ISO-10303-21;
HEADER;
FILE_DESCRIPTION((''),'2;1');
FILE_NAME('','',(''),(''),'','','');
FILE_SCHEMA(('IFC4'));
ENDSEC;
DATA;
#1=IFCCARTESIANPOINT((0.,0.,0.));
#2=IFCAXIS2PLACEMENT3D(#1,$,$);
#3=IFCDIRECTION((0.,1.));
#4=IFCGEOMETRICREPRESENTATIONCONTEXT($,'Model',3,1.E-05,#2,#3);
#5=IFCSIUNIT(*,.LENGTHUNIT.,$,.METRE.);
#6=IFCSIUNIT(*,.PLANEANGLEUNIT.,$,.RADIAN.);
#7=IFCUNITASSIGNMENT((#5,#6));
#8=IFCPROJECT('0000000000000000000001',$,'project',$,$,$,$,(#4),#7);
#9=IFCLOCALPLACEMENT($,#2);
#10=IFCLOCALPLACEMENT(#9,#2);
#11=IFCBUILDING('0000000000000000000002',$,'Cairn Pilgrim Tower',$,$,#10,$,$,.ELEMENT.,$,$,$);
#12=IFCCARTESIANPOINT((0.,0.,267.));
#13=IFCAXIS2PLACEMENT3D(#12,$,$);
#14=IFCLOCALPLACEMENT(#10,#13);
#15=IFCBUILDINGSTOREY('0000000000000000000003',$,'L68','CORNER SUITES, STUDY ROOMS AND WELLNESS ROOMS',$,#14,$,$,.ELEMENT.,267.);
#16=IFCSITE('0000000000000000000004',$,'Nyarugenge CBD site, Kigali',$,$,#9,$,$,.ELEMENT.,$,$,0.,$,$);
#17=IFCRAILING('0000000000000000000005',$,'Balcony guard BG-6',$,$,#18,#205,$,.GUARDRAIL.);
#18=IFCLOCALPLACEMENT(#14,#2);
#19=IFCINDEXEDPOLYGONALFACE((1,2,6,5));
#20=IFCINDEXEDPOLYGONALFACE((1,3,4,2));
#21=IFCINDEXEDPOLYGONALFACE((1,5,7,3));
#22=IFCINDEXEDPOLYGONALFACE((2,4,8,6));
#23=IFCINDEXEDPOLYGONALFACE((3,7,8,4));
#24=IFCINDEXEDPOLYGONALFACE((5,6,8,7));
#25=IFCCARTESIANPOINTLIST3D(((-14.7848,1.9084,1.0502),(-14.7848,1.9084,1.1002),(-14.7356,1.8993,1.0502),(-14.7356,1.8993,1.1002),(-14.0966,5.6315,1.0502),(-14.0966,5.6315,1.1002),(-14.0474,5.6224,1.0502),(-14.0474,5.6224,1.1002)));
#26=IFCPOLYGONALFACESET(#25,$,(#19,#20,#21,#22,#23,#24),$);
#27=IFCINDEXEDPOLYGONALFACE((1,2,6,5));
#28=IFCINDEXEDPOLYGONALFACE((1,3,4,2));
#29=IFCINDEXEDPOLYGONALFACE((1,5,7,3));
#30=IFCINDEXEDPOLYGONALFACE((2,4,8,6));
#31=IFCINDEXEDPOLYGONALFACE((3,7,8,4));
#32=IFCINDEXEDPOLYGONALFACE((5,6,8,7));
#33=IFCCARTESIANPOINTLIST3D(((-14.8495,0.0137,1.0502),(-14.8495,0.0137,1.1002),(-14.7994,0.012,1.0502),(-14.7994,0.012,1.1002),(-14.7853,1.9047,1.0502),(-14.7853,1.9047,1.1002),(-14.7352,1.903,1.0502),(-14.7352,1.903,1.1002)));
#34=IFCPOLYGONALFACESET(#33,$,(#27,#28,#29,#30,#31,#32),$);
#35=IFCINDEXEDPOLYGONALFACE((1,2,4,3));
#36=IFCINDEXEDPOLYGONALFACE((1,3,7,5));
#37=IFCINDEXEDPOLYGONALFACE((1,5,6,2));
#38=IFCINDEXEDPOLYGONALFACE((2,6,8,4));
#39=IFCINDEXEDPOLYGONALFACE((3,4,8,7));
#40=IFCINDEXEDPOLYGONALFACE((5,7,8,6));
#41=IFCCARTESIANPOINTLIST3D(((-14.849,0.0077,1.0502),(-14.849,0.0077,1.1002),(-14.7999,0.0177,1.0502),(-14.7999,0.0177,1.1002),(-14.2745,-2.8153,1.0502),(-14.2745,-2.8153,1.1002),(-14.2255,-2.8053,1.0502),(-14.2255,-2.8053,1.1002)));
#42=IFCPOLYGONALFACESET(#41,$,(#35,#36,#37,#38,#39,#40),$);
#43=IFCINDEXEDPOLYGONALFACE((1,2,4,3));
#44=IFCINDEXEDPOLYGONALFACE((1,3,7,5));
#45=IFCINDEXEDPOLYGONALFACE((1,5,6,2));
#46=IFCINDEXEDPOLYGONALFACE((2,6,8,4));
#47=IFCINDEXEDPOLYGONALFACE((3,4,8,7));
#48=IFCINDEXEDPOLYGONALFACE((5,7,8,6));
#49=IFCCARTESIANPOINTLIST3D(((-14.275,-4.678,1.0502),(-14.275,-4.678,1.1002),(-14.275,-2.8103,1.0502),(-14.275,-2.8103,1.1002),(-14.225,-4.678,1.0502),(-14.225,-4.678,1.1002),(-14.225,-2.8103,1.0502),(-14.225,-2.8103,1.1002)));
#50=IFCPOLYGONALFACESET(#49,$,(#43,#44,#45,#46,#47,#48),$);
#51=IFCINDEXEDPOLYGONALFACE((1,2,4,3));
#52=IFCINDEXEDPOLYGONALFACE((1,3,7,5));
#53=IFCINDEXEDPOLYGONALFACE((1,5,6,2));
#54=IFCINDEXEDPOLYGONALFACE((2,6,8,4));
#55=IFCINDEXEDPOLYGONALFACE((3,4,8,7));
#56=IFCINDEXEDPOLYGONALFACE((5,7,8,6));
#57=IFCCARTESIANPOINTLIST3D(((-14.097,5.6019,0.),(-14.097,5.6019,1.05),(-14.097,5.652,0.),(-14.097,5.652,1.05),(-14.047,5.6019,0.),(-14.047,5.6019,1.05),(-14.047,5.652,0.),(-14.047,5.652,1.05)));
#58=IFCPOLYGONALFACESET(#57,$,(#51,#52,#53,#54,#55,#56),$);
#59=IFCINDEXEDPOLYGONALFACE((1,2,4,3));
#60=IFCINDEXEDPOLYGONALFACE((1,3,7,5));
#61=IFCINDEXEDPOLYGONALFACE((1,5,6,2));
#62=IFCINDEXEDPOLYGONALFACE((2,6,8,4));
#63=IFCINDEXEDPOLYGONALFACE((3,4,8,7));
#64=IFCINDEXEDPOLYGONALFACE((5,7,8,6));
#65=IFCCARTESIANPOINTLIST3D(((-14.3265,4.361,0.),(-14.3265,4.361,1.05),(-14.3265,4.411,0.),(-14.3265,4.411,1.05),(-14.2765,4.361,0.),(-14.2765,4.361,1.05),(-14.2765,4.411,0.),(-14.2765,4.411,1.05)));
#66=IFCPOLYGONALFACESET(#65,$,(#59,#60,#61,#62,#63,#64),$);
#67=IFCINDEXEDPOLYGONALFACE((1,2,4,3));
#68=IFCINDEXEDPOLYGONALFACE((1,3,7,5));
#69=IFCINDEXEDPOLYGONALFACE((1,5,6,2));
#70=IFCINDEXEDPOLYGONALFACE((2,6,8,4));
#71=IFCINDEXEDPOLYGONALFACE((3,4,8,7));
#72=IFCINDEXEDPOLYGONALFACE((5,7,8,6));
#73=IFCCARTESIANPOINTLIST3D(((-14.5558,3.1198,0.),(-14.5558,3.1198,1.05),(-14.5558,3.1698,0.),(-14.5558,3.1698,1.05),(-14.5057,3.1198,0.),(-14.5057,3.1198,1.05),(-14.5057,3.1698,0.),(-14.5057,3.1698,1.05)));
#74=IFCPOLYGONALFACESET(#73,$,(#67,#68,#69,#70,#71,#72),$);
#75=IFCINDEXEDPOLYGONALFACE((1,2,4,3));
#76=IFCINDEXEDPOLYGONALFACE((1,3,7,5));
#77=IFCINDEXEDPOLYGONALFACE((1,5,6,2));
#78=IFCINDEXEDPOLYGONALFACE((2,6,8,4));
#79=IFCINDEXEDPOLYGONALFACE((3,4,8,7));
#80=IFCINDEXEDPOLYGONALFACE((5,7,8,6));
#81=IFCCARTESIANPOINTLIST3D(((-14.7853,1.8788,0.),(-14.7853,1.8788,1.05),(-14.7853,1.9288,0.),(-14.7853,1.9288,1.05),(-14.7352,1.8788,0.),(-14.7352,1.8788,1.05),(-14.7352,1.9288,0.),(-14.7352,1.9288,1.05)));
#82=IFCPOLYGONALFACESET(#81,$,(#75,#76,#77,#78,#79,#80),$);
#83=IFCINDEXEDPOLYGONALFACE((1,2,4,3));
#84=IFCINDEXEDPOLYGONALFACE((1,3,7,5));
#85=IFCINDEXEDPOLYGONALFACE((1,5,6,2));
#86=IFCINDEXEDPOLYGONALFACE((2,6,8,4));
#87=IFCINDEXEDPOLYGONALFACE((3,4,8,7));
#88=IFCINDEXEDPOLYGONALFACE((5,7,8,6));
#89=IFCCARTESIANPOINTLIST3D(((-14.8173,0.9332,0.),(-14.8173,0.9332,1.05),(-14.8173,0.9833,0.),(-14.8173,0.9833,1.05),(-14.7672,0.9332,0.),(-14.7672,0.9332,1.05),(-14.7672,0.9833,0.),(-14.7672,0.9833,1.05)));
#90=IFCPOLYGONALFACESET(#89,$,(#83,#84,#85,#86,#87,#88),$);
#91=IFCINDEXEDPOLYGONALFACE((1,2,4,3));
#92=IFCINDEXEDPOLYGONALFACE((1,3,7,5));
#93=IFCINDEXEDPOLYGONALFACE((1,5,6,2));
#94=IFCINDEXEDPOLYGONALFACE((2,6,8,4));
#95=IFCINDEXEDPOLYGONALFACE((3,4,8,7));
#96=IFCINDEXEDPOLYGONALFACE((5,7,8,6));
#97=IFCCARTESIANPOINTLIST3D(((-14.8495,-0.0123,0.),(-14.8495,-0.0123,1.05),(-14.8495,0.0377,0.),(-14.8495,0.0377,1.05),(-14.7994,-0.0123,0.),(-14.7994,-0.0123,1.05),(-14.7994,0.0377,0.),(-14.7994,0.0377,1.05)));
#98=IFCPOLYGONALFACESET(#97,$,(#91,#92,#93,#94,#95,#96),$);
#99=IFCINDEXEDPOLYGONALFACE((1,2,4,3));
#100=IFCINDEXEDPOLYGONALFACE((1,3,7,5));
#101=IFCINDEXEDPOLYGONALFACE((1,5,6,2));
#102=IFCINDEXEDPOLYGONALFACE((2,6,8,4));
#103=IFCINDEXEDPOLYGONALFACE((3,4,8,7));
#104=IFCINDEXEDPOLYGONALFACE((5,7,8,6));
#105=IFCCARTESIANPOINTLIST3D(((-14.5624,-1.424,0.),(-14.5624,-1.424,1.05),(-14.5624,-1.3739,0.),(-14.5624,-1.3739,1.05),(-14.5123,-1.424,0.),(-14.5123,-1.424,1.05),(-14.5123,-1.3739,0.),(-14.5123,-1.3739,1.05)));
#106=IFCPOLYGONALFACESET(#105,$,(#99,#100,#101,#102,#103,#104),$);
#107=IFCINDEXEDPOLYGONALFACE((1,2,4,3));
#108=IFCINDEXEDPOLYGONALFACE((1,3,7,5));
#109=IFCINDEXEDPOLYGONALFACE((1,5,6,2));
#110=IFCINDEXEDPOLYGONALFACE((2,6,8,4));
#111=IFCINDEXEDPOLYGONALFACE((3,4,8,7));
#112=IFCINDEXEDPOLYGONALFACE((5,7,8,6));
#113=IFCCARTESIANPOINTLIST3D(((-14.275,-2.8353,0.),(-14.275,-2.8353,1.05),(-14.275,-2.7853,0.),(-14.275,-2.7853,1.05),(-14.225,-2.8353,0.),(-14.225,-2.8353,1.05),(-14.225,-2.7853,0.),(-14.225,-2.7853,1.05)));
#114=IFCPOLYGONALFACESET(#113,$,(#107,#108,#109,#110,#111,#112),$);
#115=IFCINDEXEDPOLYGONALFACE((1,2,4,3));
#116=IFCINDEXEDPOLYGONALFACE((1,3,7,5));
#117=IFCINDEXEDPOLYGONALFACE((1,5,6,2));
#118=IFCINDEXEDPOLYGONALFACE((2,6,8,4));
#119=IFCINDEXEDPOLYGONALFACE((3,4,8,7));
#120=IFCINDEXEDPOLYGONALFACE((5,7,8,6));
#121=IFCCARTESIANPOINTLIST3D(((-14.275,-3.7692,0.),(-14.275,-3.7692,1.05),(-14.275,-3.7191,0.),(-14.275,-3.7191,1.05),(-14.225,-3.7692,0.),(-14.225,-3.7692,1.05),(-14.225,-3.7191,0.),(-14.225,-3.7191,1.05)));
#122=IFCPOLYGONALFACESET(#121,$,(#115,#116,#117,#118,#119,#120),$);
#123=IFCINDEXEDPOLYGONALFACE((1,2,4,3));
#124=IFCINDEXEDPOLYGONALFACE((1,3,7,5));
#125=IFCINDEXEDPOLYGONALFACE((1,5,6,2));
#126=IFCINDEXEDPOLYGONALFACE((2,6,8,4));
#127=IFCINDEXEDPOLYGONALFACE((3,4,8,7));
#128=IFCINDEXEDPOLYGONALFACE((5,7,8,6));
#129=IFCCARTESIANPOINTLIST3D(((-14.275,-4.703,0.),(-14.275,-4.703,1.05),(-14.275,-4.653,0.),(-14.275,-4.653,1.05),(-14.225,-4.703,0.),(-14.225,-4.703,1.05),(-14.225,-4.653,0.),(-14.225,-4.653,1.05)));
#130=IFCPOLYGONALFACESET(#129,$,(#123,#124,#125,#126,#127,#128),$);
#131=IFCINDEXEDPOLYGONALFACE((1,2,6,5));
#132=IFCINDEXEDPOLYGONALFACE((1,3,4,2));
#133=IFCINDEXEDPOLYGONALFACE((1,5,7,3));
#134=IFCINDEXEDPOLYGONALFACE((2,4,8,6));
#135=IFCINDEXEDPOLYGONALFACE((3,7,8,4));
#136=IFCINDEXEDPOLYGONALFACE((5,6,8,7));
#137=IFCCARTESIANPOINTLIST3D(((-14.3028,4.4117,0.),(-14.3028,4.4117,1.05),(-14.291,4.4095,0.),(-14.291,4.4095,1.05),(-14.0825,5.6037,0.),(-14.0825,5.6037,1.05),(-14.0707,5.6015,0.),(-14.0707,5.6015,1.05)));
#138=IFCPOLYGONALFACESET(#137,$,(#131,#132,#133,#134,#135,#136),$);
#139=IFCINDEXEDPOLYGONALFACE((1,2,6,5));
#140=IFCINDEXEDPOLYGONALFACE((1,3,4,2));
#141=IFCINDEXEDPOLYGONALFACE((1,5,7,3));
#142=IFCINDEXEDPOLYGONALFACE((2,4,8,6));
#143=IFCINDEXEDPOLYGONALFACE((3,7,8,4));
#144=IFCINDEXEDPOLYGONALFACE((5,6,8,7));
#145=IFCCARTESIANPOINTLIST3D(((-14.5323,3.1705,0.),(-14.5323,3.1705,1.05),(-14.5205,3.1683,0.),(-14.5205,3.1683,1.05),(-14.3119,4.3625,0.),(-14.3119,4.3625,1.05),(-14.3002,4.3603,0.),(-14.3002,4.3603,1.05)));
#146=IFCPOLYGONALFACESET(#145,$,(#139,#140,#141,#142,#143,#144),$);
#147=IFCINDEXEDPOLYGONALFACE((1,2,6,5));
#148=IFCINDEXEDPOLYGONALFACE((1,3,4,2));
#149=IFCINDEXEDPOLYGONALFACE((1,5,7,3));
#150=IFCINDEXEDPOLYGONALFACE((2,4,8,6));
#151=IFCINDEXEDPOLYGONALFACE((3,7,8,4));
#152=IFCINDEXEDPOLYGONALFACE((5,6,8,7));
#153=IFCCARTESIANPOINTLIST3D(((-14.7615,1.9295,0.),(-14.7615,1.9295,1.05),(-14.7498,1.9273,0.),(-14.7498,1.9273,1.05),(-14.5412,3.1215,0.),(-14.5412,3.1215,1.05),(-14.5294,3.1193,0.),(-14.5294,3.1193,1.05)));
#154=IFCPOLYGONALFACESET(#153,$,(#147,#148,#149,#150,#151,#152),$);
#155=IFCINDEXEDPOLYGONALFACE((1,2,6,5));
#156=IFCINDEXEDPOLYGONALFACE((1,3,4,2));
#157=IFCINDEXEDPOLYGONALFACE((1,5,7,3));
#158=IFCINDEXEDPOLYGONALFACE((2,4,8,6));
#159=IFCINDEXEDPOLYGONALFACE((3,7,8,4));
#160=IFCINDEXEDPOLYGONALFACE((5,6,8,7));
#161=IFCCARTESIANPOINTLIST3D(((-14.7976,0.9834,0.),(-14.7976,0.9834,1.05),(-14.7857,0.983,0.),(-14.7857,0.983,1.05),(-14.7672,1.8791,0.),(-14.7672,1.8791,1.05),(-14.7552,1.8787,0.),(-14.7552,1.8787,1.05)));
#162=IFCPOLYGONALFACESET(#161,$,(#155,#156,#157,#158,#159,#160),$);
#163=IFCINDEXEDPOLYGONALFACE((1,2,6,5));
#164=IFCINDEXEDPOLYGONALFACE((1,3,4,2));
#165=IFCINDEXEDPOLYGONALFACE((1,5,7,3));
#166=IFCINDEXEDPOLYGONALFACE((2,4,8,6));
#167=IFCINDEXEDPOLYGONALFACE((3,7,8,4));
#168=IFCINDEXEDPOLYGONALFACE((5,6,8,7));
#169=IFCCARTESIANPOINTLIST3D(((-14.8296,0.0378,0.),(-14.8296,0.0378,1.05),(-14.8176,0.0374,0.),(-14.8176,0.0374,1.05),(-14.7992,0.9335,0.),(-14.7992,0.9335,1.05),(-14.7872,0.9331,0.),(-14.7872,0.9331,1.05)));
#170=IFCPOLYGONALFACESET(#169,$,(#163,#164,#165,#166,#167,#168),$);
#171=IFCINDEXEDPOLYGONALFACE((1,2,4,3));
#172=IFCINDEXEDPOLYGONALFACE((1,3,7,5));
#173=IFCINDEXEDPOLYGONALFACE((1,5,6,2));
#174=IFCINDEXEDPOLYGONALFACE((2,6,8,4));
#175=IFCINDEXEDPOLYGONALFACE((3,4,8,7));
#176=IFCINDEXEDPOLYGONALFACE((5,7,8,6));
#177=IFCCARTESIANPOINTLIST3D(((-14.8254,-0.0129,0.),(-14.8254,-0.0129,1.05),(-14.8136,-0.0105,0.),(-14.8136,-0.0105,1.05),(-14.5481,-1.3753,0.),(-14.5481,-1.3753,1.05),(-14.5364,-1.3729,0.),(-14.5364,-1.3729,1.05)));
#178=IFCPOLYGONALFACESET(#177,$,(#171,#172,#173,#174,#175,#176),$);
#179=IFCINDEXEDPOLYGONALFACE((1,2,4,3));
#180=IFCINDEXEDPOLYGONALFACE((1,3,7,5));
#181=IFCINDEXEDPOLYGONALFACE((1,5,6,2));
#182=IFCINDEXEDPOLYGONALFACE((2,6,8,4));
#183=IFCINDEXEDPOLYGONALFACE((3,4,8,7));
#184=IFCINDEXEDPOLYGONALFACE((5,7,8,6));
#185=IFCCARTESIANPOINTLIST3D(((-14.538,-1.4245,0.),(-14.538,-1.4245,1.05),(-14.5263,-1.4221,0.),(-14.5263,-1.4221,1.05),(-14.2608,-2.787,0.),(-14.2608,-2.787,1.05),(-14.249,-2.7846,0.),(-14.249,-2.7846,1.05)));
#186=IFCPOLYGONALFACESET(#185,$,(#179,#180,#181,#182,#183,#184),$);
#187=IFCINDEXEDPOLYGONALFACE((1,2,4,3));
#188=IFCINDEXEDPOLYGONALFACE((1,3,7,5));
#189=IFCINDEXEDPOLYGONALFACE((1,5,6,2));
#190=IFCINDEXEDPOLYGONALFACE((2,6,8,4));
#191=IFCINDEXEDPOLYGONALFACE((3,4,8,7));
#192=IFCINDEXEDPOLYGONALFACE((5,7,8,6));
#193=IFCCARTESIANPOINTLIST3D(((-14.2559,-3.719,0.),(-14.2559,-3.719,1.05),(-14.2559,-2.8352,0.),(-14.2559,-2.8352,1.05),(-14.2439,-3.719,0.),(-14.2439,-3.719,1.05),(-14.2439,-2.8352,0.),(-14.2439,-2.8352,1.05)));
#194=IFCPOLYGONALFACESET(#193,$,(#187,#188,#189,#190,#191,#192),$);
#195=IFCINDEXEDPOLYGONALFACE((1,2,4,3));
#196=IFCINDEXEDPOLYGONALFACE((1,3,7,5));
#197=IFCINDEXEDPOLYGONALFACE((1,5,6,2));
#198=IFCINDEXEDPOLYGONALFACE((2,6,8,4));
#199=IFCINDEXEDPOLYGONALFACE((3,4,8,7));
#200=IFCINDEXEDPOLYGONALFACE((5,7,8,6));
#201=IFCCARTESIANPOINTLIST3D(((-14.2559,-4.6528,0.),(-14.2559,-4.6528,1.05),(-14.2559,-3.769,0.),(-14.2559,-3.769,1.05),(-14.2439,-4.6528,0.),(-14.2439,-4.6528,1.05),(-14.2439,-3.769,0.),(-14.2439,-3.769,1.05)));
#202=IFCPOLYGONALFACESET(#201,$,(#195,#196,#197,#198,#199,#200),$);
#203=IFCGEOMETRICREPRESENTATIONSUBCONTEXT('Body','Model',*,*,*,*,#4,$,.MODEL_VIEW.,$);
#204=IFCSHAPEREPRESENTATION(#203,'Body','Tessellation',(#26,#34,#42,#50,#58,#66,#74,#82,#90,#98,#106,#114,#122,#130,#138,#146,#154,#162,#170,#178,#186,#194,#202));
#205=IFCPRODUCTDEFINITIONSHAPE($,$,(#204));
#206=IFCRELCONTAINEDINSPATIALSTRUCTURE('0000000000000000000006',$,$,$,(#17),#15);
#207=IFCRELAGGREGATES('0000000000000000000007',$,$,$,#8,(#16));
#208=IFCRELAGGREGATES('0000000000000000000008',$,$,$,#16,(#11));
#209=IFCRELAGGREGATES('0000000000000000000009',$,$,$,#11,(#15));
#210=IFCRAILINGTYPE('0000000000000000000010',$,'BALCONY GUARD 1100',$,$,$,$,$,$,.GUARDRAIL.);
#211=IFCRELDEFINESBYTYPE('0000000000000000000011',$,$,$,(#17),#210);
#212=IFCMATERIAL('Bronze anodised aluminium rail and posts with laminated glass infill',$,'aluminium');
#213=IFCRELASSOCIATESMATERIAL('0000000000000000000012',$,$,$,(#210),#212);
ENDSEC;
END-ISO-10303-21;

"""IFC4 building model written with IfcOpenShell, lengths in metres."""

from ifc_helpers import new_model, si_unit, direction, frame, origin, origin_2d, place, context, subcontext, project, spatial, polyline, rectangle, outline, extrude, material, type_object, element, save


model = new_model("IFC4")

# Units and contexts
model_context = context("Model", 3, precision=1e-05, world=origin(), true_north=direction((0.0, 1.0)))
body_context = subcontext(model_context, "Body", "Model", "MODEL_VIEW")
ifc_project = project(units=[si_unit("LENGTHUNIT", "METRE"), si_unit("PLANEANGLEUNIT", "RADIAN")], contexts=[model_context])

# Site, building, storey
site_placement = place(None, origin())
site = spatial("IfcSite", under=ifc_project, at=site_placement, Name="Nyarugenge CBD site, Kigali", CompositionType="ELEMENT", RefElevation=0.0)
building_placement = place(site_placement, origin())
building = spatial("IfcBuilding", under=site, at=building_placement, Name="Cairn Pilgrim Tower", CompositionType="ELEMENT")
storey_placement = place(building_placement, frame((0.0, 0.0, 267.0)))
storey = spatial("IfcBuildingStorey", under=building, at=storey_placement, Name="L68", Description="CORNER SUITES, STUDY ROOMS AND WELLNESS ROOMS", CompositionType="ELEMENT", Elevation=267.0)

# Railing
ifc_material_1 = material(Name="Bronze anodised aluminium rail and posts with laminated glass infill", Category="aluminium")
railing_type = type_object("IfcRailingType", Name="BALCONY GUARD 1100", PredefinedType="GUARDRAIL", material=ifc_material_1)
railing_placement = place(storey_placement, frame((-14.072, 5.627, 0.0)))
element("IfcRailing", 1, at=railing_placement, inside=storey, type_object=railing_type, Name="Balcony guard BG-6", PredefinedType="GUARDRAIL", context=body_context, shape_type="SweptSolid", body=[
    extrude(rectangle(XDim=0.05, YDim=0.05, at=origin_2d()), frame((0.0, 0.0, 1.0752), z_axis=(-0.181773, -0.983341, 0.0), x_axis=(0.983341, -0.181773, 0.0)), (0.0, 0.0, 1.0), 3.7861),
    extrude(rectangle(XDim=0.05, YDim=0.05, at=origin_2d()), frame((-0.6882, -3.7231, 1.0752), z_axis=(-0.033933, -0.999424, 0.0), x_axis=(0.999424, -0.033933, 0.0)), (0.0, 0.0, 1.0), 1.8921),
    extrude(rectangle(XDim=0.05, YDim=0.05, at=origin_2d()), frame((-0.7524, -5.6143, 1.0752), z_axis=(0.199407, -0.979917, 0.0), x_axis=(0.979917, 0.199407, 0.0)), (0.0, 0.0, 1.0), 2.8809),
    extrude(rectangle(XDim=0.05, YDim=0.05, at=origin_2d()), frame((-0.178, -8.4373, 1.0752), z_axis=(0.0, -1.0, 0.0), x_axis=(1.0, 0.0, 0.0)), (0.0, 0.0, 1.0), 1.8677),
    extrude(rectangle(XDim=0.05, YDim=0.05, at=origin_2d()), origin(), (0.0, 0.0, 1.0), 1.05),
    extrude(rectangle(XDim=0.05, YDim=0.05, at=origin_2d()), frame((-0.2295, -1.241, 0.0)), (0.0, 0.0, 1.0), 1.05),
    extrude(rectangle(XDim=0.05, YDim=0.05, at=origin_2d()), frame((-0.4587, -2.4822, 0.0)), (0.0, 0.0, 1.0), 1.05),
    extrude(rectangle(XDim=0.05, YDim=0.05, at=origin_2d()), frame((-0.6882, -3.7231, 0.0)), (0.0, 0.0, 1.0), 1.05),
    extrude(rectangle(XDim=0.05, YDim=0.05, at=origin_2d()), frame((-0.7202, -4.6687, 0.0)), (0.0, 0.0, 1.0), 1.05),
    extrude(rectangle(XDim=0.05, YDim=0.05, at=origin_2d()), frame((-0.7524, -5.6143, 0.0)), (0.0, 0.0, 1.0), 1.05),
    extrude(rectangle(XDim=0.05, YDim=0.05, at=origin_2d()), frame((-0.4653, -7.0259, 0.0)), (0.0, 0.0, 1.0), 1.05),
    extrude(rectangle(XDim=0.05, YDim=0.05, at=origin_2d()), frame((-0.178, -8.4373, 0.0)), (0.0, 0.0, 1.0), 1.05),
    extrude(rectangle(XDim=0.05, YDim=0.05, at=origin_2d()), frame((-0.178, -9.3711, 0.0)), (0.0, 0.0, 1.0), 1.05),
    extrude(rectangle(XDim=0.05, YDim=0.05, at=origin_2d()), frame((-0.178, -10.3049, 0.0)), (0.0, 0.0, 1.0), 1.05),
    extrude(outline(polyline([(0.0249, 0.0), (1.2371, 0.0), (1.2371, 1.05), (0.0249, 1.05), (0.0249, 0.0)])), frame((0.0059, -0.001, 0.0), z_axis=(-0.983341, 0.181773, 0.0), x_axis=(-0.181773, -0.983341, 0.0)), (0.0, 0.0, 1.0), 0.012),
    extrude(outline(polyline([(0.0249, 0.0), (1.2371, 0.0), (1.2371, 1.05), (0.0249, 1.05), (0.0249, 0.0)])), frame((-0.2236, -1.2422, 0.0), z_axis=(-0.983341, 0.181773, 0.0), x_axis=(-0.181773, -0.983341, 0.0)), (0.0, 0.0, 1.0), 0.012),
    extrude(outline(polyline([(0.0249, 0.0), (1.2371, 0.0), (1.2371, 1.05), (0.0249, 1.05), (0.0249, 0.0)])), frame((-0.4529, -2.4832, 0.0), z_axis=(-0.983341, 0.181773, 0.0), x_axis=(-0.181773, -0.983341, 0.0)), (0.0, 0.0, 1.0), 0.012),
    extrude(outline(polyline([(0.0249, 0.0), (0.9211, 0.0), (0.9211, 1.05), (0.0249, 1.05), (0.0249, 0.0)])), frame((-0.6824, -3.7234, 0.0), z_axis=(-0.999424, 0.033933, 0.0), x_axis=(-0.033933, -0.999424, 0.0)), (0.0, 0.0, 1.0), 0.012),
    extrude(outline(polyline([(0.0249, 0.0), (0.9211, 0.0), (0.9211, 1.05), (0.0249, 1.05), (0.0249, 0.0)])), frame((-0.7144, -4.6689, 0.0), z_axis=(-0.999424, 0.033933, 0.0), x_axis=(-0.033933, -0.999424, 0.0)), (0.0, 0.0, 1.0), 0.012),
    extrude(outline(polyline([(0.0249, 0.0), (1.4153, 0.0), (1.4153, 1.05), (0.0249, 1.05), (0.0249, 0.0)])), frame((-0.7466, -5.613, 0.0), z_axis=(-0.979917, -0.199407, 0.0), x_axis=(0.199407, -0.979917, 0.0)), (0.0, 0.0, 1.0), 0.012),
    extrude(outline(polyline([(0.0249, 0.0), (1.4153, 0.0), (1.4153, 1.05), (0.0249, 1.05), (0.0249, 0.0)])), frame((-0.4592, -7.0247, 0.0), z_axis=(-0.979917, -0.199407, 0.0), x_axis=(0.199407, -0.979917, 0.0)), (0.0, 0.0, 1.0), 0.012),
    extrude(outline(polyline([(0.0249, 0.0), (0.9087, 0.0), (0.9087, 1.05), (0.0249, 1.05), (0.0249, 0.0)])), frame((-0.1719, -8.4373, 0.0), z_axis=(-1.0, 0.0, 0.0), x_axis=(0.0, -1.0, 0.0)), (0.0, 0.0, 1.0), 0.012),
    extrude(outline(polyline([(0.0249, 0.0), (0.9087, 0.0), (0.9087, 1.05), (0.0249, 1.05), (0.0249, 0.0)])), frame((-0.1719, -9.3711, 0.0), z_axis=(-1.0, 0.0, 0.0), x_axis=(0.0, -1.0, 0.0)), (0.0, 0.0, 1.0), 0.012),
])

save(model, "model.ifc")
